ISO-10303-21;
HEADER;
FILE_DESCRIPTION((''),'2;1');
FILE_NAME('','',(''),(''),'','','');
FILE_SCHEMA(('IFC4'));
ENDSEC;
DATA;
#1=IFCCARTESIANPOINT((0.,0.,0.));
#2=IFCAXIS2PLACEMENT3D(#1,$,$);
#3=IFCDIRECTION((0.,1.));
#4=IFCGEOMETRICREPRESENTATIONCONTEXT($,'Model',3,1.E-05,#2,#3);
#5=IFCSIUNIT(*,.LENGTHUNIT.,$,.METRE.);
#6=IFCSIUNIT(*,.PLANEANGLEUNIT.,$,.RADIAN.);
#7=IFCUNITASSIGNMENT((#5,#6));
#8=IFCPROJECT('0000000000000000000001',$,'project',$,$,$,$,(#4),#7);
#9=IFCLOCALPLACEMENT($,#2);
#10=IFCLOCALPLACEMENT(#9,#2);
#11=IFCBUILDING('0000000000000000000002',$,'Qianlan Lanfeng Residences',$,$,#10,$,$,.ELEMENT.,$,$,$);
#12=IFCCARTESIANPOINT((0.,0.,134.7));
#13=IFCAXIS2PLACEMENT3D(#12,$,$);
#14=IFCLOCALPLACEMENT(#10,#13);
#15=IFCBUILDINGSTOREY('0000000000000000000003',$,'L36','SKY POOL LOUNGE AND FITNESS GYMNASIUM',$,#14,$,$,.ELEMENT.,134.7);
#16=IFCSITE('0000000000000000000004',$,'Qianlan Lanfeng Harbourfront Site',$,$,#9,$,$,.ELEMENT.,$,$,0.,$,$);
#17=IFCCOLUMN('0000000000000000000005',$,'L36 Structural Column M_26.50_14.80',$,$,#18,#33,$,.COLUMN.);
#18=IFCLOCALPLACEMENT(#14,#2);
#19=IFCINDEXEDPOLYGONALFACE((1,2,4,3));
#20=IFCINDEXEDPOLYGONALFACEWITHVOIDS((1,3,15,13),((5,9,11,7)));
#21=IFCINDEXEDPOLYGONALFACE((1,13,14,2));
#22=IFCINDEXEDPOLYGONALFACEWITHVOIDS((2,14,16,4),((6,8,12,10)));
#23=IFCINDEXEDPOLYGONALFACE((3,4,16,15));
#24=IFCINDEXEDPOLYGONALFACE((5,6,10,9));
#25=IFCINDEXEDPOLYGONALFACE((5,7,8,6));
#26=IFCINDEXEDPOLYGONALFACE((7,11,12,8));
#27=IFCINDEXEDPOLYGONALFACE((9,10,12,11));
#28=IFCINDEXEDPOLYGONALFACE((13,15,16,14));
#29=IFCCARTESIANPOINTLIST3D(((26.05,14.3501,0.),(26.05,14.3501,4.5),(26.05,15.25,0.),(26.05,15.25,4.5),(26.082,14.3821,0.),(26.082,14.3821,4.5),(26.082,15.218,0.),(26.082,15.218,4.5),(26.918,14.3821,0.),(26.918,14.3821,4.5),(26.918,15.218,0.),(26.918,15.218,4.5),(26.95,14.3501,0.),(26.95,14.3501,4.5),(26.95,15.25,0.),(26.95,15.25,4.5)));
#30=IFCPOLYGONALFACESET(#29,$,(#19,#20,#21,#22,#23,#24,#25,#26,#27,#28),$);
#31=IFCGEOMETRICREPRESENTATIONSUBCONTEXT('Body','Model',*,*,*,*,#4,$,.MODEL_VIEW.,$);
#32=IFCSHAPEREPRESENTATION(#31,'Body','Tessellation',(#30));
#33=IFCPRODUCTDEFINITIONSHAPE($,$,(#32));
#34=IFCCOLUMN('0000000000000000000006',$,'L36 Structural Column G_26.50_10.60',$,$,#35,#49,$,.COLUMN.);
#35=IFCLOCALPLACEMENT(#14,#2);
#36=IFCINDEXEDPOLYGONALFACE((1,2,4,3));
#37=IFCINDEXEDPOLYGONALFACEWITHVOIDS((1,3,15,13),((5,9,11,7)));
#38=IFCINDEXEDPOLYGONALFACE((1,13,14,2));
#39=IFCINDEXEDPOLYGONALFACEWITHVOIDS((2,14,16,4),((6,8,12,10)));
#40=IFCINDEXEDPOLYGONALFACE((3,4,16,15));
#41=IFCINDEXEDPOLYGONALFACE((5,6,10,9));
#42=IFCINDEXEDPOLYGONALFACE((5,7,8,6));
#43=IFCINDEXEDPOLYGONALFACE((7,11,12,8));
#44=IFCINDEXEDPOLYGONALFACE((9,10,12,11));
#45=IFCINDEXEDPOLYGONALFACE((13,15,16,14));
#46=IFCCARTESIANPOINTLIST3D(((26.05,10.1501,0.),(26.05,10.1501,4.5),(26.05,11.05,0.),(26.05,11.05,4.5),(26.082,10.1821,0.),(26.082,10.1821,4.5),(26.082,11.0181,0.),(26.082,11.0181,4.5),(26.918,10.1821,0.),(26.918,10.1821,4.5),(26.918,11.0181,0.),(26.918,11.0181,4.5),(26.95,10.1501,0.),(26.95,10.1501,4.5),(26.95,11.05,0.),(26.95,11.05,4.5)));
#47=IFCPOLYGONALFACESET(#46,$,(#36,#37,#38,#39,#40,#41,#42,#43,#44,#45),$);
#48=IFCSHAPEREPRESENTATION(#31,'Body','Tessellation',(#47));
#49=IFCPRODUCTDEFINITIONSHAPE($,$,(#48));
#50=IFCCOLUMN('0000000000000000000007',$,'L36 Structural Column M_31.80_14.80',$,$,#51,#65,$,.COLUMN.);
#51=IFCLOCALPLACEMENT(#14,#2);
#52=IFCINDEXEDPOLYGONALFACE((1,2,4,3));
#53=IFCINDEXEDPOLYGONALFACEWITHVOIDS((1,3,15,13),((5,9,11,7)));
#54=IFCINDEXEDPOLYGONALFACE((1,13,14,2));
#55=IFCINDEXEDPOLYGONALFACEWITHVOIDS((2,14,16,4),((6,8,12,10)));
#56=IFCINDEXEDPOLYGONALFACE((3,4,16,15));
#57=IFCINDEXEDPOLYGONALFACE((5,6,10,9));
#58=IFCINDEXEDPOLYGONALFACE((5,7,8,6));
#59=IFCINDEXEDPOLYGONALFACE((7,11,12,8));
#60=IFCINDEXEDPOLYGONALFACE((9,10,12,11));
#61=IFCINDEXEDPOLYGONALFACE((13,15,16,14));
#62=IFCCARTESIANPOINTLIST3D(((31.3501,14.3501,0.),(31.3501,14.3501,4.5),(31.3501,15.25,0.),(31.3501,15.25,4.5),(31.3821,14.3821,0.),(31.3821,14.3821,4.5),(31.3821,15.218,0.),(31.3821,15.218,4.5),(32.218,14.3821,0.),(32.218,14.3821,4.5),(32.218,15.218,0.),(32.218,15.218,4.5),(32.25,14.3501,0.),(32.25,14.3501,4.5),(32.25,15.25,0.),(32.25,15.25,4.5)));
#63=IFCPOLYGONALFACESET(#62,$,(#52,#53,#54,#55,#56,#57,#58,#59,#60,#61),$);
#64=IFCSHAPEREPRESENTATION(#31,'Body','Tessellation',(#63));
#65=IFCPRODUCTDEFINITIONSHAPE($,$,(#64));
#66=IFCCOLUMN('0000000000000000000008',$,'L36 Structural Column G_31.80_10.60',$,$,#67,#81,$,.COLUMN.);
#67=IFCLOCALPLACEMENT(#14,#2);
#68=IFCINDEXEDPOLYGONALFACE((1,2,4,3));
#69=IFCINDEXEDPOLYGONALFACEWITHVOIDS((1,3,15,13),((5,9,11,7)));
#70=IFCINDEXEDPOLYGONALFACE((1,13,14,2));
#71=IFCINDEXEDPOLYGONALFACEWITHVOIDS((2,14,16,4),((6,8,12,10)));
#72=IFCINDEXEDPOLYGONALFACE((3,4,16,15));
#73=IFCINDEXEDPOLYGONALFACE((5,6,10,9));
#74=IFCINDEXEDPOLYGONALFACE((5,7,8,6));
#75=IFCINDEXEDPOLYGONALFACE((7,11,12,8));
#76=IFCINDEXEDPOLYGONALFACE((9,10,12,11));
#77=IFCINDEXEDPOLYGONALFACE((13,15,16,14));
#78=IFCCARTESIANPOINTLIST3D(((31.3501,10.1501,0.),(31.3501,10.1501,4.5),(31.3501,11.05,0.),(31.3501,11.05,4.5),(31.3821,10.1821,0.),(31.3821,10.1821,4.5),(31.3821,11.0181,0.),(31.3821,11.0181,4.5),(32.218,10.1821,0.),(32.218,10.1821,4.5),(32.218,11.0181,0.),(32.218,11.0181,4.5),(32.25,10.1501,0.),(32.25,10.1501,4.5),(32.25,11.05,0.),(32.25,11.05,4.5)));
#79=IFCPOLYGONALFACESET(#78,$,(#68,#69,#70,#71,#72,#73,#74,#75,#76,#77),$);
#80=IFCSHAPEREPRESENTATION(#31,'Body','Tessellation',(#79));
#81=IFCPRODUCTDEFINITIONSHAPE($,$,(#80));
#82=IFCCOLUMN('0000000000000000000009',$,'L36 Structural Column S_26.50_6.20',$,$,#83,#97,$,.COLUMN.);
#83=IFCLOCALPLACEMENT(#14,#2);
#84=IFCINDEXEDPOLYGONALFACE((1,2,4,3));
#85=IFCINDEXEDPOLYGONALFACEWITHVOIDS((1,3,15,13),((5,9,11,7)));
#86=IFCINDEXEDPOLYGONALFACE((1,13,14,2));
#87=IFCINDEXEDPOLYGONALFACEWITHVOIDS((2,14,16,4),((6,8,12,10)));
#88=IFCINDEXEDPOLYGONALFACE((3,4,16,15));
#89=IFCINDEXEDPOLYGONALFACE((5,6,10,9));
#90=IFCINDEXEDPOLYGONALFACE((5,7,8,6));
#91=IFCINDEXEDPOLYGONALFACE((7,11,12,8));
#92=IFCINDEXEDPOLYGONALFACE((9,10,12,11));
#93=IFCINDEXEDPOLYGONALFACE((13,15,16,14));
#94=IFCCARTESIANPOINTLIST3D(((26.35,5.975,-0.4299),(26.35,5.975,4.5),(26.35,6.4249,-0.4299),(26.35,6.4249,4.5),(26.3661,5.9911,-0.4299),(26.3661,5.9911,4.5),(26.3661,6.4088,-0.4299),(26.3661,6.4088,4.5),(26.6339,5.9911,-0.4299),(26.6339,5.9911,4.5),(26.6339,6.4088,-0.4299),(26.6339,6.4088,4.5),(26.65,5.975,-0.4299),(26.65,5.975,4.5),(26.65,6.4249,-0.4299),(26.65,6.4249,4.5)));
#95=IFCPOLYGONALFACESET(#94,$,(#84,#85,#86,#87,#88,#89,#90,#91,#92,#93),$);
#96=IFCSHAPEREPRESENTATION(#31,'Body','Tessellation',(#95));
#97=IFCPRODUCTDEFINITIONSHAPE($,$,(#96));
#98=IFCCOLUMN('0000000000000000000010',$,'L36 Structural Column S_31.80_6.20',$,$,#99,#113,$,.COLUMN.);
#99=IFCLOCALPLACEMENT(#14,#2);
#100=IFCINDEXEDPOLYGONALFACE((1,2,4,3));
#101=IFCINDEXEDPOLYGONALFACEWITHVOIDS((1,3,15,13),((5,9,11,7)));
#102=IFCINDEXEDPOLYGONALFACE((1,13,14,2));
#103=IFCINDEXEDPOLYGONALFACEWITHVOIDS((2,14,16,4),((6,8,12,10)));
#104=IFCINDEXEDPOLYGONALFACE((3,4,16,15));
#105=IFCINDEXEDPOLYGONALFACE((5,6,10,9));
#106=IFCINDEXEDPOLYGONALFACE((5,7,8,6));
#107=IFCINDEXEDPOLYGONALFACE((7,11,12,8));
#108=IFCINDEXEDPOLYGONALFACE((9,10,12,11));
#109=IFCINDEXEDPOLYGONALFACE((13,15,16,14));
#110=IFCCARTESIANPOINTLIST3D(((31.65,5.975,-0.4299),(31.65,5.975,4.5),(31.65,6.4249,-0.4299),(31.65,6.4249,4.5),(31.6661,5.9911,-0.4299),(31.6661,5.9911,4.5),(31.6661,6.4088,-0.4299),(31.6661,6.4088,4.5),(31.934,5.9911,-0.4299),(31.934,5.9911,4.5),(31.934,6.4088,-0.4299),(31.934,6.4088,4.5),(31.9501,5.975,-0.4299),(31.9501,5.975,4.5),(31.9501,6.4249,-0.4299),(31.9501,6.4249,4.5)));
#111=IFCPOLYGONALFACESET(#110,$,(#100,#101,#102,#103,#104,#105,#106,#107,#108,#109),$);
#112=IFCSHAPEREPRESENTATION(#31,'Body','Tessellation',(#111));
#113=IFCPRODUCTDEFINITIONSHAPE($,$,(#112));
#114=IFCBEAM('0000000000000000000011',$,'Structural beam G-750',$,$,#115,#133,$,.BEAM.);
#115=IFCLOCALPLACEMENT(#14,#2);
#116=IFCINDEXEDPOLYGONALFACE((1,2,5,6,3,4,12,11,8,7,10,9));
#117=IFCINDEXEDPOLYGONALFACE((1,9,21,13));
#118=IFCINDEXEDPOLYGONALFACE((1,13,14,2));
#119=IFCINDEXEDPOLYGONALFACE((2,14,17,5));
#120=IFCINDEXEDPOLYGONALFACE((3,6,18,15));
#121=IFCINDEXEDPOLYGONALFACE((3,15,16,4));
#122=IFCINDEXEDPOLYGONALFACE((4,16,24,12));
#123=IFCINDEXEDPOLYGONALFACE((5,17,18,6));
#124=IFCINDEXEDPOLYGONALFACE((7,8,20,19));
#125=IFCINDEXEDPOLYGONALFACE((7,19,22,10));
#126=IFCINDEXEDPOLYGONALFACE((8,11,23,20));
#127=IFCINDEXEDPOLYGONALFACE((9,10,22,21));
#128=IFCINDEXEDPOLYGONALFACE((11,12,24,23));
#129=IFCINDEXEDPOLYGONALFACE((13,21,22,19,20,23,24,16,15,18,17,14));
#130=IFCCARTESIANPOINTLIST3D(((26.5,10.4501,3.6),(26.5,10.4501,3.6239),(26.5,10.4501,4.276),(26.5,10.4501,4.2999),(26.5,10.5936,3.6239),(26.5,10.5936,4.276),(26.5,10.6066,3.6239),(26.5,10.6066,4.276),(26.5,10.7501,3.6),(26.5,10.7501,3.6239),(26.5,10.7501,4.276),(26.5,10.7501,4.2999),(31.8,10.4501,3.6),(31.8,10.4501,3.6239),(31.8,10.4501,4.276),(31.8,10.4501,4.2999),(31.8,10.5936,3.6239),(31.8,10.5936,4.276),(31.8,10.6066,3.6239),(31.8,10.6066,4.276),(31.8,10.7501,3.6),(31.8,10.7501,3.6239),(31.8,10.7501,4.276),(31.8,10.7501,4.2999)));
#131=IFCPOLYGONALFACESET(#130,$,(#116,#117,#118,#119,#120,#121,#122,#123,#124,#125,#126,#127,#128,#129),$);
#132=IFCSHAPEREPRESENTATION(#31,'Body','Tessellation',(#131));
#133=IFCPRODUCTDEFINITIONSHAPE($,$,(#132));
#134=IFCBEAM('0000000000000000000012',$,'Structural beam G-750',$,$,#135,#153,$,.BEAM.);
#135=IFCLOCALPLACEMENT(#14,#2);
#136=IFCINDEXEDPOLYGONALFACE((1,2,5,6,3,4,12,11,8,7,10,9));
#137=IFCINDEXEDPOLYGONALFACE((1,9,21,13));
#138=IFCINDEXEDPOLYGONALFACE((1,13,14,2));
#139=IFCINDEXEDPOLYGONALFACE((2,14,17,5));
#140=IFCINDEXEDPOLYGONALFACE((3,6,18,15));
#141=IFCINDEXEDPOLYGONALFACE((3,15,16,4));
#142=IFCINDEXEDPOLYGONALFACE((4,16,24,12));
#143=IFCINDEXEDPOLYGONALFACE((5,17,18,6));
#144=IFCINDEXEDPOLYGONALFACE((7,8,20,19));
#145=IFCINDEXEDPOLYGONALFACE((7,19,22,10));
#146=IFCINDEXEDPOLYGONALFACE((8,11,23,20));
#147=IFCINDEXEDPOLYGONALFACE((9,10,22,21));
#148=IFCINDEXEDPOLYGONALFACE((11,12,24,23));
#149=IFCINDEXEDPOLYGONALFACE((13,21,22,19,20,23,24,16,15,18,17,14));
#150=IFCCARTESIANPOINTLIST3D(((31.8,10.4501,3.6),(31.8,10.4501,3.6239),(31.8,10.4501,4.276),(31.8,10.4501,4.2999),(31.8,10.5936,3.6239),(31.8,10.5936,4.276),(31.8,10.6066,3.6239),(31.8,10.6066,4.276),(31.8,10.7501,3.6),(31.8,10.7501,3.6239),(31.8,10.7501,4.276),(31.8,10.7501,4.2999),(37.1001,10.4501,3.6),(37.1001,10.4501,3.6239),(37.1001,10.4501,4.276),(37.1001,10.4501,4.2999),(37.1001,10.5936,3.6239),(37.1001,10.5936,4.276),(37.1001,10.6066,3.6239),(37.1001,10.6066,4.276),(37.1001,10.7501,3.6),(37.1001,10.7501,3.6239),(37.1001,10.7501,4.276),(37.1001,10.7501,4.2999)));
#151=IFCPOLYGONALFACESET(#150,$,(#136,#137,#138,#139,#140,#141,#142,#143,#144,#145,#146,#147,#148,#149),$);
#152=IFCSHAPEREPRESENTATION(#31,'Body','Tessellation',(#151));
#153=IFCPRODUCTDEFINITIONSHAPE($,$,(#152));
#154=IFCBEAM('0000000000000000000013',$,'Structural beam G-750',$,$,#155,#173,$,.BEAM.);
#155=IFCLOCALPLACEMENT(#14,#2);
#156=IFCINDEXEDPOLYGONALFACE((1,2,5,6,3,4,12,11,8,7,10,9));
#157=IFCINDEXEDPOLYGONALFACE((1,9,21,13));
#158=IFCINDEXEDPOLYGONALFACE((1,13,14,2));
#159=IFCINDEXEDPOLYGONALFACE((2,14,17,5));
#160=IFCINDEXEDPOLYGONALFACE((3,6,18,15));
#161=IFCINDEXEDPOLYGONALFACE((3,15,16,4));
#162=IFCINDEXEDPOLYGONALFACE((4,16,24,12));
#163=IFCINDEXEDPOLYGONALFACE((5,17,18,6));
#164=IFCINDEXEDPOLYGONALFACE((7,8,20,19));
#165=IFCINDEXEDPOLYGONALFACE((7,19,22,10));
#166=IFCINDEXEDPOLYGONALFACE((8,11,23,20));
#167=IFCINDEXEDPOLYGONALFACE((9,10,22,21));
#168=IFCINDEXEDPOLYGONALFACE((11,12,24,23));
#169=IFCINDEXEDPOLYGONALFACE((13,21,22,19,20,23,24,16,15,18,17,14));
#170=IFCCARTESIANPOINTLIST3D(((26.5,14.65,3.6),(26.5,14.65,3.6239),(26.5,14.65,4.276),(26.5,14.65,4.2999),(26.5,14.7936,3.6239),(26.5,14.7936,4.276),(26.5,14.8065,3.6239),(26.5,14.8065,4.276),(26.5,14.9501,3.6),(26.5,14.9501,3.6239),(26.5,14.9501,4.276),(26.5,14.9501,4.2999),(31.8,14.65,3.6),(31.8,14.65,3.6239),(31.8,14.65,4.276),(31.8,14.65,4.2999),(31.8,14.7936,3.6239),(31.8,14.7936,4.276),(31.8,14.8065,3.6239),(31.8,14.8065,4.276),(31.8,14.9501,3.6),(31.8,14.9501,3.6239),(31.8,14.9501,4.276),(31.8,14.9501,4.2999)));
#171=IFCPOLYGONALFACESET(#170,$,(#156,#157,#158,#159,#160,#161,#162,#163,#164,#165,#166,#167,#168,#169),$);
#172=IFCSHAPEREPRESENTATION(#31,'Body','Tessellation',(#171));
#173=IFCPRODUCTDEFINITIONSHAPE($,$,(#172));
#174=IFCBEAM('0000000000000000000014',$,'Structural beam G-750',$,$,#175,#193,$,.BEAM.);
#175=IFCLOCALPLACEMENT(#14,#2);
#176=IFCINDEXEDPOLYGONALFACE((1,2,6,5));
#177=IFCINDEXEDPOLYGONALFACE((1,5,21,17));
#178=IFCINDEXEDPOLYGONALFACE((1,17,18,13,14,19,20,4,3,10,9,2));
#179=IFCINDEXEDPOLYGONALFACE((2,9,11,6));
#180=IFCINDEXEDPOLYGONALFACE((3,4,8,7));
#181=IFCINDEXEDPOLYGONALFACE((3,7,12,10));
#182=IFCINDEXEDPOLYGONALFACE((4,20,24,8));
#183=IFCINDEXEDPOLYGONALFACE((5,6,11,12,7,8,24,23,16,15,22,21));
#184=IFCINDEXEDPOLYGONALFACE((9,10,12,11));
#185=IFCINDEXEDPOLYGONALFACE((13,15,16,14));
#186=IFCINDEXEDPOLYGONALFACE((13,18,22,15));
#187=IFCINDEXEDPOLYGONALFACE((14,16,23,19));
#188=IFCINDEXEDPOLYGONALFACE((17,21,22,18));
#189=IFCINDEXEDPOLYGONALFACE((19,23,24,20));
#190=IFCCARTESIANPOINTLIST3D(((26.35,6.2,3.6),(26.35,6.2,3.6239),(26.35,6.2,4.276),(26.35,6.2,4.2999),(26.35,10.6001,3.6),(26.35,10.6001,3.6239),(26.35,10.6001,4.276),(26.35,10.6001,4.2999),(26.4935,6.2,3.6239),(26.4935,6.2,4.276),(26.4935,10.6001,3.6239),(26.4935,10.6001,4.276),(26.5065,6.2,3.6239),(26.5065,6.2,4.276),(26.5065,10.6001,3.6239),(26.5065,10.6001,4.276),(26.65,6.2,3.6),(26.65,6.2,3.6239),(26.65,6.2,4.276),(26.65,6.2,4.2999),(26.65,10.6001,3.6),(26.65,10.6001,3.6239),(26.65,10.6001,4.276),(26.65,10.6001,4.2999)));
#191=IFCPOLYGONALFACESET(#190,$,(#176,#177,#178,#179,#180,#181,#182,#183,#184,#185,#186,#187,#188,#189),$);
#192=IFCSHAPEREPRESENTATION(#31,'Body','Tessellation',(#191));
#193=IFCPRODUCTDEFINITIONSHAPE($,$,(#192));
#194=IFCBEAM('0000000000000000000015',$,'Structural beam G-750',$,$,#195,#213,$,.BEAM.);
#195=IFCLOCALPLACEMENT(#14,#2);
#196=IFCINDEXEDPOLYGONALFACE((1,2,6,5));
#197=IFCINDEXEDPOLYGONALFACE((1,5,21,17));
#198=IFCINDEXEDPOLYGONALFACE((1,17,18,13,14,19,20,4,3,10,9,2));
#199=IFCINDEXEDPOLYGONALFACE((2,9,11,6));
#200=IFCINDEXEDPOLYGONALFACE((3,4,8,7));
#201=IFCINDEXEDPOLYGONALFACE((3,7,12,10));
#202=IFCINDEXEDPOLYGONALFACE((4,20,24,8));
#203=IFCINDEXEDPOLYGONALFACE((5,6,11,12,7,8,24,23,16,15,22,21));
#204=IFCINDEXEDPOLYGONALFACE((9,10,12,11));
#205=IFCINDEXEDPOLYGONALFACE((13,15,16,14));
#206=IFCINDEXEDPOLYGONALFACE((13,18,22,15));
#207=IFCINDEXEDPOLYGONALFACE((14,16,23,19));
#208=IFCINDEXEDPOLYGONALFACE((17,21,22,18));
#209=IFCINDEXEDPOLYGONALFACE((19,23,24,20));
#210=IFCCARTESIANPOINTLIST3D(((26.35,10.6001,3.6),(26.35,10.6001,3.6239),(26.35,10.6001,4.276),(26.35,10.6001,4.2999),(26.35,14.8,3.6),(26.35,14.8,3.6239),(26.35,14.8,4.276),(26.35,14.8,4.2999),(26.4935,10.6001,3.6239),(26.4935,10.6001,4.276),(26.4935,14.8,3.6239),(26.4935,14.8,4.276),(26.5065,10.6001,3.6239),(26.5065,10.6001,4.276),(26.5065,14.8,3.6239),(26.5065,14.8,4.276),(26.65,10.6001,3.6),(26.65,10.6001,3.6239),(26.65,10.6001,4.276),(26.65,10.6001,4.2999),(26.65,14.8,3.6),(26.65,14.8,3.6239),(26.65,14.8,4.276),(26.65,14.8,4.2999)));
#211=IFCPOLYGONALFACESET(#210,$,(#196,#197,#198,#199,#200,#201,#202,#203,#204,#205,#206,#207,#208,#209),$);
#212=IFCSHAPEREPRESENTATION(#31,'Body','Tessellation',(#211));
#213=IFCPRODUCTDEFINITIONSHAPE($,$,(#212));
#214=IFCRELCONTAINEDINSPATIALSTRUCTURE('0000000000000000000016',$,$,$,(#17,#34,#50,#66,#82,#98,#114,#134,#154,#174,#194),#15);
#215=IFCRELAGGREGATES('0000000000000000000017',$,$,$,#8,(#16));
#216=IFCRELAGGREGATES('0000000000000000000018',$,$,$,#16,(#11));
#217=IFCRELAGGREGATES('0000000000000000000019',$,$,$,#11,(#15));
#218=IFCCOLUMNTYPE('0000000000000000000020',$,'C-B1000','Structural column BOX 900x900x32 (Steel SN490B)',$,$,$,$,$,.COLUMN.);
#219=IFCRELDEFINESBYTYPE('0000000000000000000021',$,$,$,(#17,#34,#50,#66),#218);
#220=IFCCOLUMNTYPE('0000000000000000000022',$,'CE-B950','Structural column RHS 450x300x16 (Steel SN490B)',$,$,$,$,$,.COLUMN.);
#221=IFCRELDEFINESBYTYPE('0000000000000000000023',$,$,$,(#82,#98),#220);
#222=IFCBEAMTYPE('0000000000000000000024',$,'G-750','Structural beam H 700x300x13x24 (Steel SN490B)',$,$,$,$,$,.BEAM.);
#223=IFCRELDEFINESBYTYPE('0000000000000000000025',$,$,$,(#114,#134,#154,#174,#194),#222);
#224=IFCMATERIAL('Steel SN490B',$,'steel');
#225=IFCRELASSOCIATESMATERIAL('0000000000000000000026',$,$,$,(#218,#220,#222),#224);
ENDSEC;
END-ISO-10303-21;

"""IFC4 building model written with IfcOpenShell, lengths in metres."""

from ifc_helpers import new_model, si_unit, direction, frame, origin, origin_2d, place, context, subcontext, project, spatial, hollow_rectangle, i_section, extrude, material, material_profile, profile_set, type_object, element, save


model = new_model("IFC4")

# Units and contexts
model_context = context("Model", 3, precision=1e-05, world=origin(), true_north=direction((0.0, 1.0)))
body_context = subcontext(model_context, "Body", "Model", "MODEL_VIEW")
ifc_project = project(units=[si_unit("LENGTHUNIT", "METRE"), si_unit("PLANEANGLEUNIT", "RADIAN")], contexts=[model_context])

# Site, building, storey
site_placement = place(None, origin())
site = spatial("IfcSite", under=ifc_project, at=site_placement, Name="Qianlan Lanfeng Harbourfront Site", CompositionType="ELEMENT", RefElevation=0.0)
building_placement = place(site_placement, origin())
building = spatial("IfcBuilding", under=site, at=building_placement, Name="Qianlan Lanfeng Residences", CompositionType="ELEMENT")
storey_placement = place(building_placement, frame((0.0, 0.0, 134.7)))
storey = spatial("IfcBuildingStorey", under=building, at=storey_placement, Name="L36", Description="SKY POOL LOUNGE AND FITNESS GYMNASIUM", CompositionType="ELEMENT", Elevation=134.7)

# Columns
ifc_material_1 = material(Name="Steel SN490B", Category="steel")
ifc_material_profile_1 = material_profile(ifc_material_1, hollow_rectangle(XDim=0.8999, YDim=0.8999, WallThickness=0.032, at=origin_2d()), Name="BOX 900x900x32")
ifc_profile_set_1 = profile_set([ifc_material_profile_1], Name="Steel SN490B")
column_type_1 = type_object("IfcColumnType", Name="C-B1000", Description="Structural column BOX 900x900x32 (Steel SN490B)", PredefinedType="COLUMN", material=ifc_profile_set_1)
for number, where, z_axis, x_axis, name in (
    (1, (26.5, 14.8, 0.0), (0.0, 0.0, 1.0), (1.0, 0.0, 0.0), "L36 Structural Column M_26.50_14.80"),
    (2, (26.5, 10.6001, 0.0), (0.0, 0.0, 1.0), (1.0, 0.0, 0.0), "L36 Structural Column G_26.50_10.60"),
    (3, (31.8, 14.8, 0.0), (0.0, 0.0, 1.0), (1.0, 0.0, 0.0), "L36 Structural Column M_31.80_14.80"),
    (4, (31.8, 10.6001, 0.0), (0.0, 0.0, 1.0), (1.0, 0.0, 0.0), "L36 Structural Column G_31.80_10.60"),
):
    element("IfcColumn", number, at=place(storey_placement, frame(where, z_axis=z_axis, x_axis=x_axis)), inside=storey, type_object=column_type_1, Name=name, PredefinedType="COLUMN", context=body_context, shape_type="SweptSolid", body=[
        extrude(hollow_rectangle(XDim=0.8999, YDim=0.8999, WallThickness=0.032, at=origin_2d()), origin(), (0.0, 0.0, 1.0), 4.5),
    ])
ifc_material_profile_2 = material_profile(ifc_material_1, hollow_rectangle(XDim=0.3, YDim=0.45, WallThickness=0.0161, at=origin_2d()), Name="RHS 450x300x16")
ifc_profile_set_2 = profile_set([ifc_material_profile_2], Name="Steel SN490B")
column_type_2 = type_object("IfcColumnType", Name="CE-B950", Description="Structural column RHS 450x300x16 (Steel SN490B)", PredefinedType="COLUMN", material=ifc_profile_set_2)
for number, where, z_axis, x_axis, name in (
    (5, (26.5, 6.2, -0.4299), (0.0, 0.0, 1.0), (1.0, 0.0, 0.0), "L36 Structural Column S_26.50_6.20"),
    (6, (31.8, 6.2, -0.4299), (0.0, 0.0, 1.0), (1.0, 0.0, 0.0), "L36 Structural Column S_31.80_6.20"),
):
    element("IfcColumn", number, at=place(storey_placement, frame(where, z_axis=z_axis, x_axis=x_axis)), inside=storey, type_object=column_type_2, Name=name, PredefinedType="COLUMN", context=body_context, shape_type="SweptSolid", body=[
        extrude(hollow_rectangle(XDim=0.3, YDim=0.45, WallThickness=0.0161, at=origin_2d()), origin(), (0.0, 0.0, 1.0), 4.9299),
    ])

# Beams
ifc_material_profile_3 = material_profile(ifc_material_1, i_section(OverallWidth=0.3, OverallDepth=0.7, WebThickness=0.0129, FlangeThickness=0.0239, at=origin_2d()), Name="H 700x300x13x24")
ifc_profile_set_3 = profile_set([ifc_material_profile_3], Name="Steel SN490B")
beam_type_1 = type_object("IfcBeamType", Name="G-750", Description="Structural beam H 700x300x13x24 (Steel SN490B)", PredefinedType="BEAM", material=ifc_profile_set_3)
for number, where, z_axis, x_axis, name in (
    (7, (26.5, 10.6001, 3.95), (1.0, 0.0, 0.0), (0.0, 1.0, 0.0), "Structural beam G-750"),
    (8, (31.8, 10.6001, 3.95), (1.0, 0.0, 0.0), (0.0, 1.0, 0.0), "Structural beam G-750"),
    (9, (26.5, 14.8, 3.95), (1.0, 0.0, 0.0), (0.0, 1.0, 0.0), "Structural beam G-750"),
):
    element("IfcBeam", number, at=place(storey_placement, frame(where, z_axis=z_axis, x_axis=x_axis)), inside=storey, type_object=beam_type_1, Name=name, PredefinedType="BEAM", context=body_context, shape_type="SweptSolid", body=[
        extrude(i_section(OverallWidth=0.3, OverallDepth=0.7, WebThickness=0.0129, FlangeThickness=0.0239, at=origin_2d()), origin(), (0.0, 0.0, 1.0), 5.3),
    ])
beam_1_placement = place(storey_placement, frame((26.5, 6.2, 3.95), z_axis=(0.0, 1.0, 0.0), x_axis=(-1.0, 0.0, 0.0)))
element("IfcBeam", 10, at=beam_1_placement, inside=storey, type_object=beam_type_1, Name="Structural beam G-750", PredefinedType="BEAM", context=body_context, shape_type="SweptSolid", body=[
    extrude(i_section(OverallWidth=0.3, OverallDepth=0.7, WebThickness=0.0129, FlangeThickness=0.0239, at=origin_2d()), origin(), (0.0, 0.0, 1.0), 4.4001),
])
beam_2_placement = place(storey_placement, frame((26.5, 10.6001, 3.95), z_axis=(0.0, 1.0, 0.0), x_axis=(-1.0, 0.0, 0.0)))
element("IfcBeam", 11, at=beam_2_placement, inside=storey, type_object=beam_type_1, Name="Structural beam G-750", PredefinedType="BEAM", context=body_context, shape_type="SweptSolid", body=[
    extrude(i_section(OverallWidth=0.3, OverallDepth=0.7, WebThickness=0.0129, FlangeThickness=0.0239, at=origin_2d()), origin(), (0.0, 0.0, 1.0), 4.2),
])

save(model, "model.ifc")
